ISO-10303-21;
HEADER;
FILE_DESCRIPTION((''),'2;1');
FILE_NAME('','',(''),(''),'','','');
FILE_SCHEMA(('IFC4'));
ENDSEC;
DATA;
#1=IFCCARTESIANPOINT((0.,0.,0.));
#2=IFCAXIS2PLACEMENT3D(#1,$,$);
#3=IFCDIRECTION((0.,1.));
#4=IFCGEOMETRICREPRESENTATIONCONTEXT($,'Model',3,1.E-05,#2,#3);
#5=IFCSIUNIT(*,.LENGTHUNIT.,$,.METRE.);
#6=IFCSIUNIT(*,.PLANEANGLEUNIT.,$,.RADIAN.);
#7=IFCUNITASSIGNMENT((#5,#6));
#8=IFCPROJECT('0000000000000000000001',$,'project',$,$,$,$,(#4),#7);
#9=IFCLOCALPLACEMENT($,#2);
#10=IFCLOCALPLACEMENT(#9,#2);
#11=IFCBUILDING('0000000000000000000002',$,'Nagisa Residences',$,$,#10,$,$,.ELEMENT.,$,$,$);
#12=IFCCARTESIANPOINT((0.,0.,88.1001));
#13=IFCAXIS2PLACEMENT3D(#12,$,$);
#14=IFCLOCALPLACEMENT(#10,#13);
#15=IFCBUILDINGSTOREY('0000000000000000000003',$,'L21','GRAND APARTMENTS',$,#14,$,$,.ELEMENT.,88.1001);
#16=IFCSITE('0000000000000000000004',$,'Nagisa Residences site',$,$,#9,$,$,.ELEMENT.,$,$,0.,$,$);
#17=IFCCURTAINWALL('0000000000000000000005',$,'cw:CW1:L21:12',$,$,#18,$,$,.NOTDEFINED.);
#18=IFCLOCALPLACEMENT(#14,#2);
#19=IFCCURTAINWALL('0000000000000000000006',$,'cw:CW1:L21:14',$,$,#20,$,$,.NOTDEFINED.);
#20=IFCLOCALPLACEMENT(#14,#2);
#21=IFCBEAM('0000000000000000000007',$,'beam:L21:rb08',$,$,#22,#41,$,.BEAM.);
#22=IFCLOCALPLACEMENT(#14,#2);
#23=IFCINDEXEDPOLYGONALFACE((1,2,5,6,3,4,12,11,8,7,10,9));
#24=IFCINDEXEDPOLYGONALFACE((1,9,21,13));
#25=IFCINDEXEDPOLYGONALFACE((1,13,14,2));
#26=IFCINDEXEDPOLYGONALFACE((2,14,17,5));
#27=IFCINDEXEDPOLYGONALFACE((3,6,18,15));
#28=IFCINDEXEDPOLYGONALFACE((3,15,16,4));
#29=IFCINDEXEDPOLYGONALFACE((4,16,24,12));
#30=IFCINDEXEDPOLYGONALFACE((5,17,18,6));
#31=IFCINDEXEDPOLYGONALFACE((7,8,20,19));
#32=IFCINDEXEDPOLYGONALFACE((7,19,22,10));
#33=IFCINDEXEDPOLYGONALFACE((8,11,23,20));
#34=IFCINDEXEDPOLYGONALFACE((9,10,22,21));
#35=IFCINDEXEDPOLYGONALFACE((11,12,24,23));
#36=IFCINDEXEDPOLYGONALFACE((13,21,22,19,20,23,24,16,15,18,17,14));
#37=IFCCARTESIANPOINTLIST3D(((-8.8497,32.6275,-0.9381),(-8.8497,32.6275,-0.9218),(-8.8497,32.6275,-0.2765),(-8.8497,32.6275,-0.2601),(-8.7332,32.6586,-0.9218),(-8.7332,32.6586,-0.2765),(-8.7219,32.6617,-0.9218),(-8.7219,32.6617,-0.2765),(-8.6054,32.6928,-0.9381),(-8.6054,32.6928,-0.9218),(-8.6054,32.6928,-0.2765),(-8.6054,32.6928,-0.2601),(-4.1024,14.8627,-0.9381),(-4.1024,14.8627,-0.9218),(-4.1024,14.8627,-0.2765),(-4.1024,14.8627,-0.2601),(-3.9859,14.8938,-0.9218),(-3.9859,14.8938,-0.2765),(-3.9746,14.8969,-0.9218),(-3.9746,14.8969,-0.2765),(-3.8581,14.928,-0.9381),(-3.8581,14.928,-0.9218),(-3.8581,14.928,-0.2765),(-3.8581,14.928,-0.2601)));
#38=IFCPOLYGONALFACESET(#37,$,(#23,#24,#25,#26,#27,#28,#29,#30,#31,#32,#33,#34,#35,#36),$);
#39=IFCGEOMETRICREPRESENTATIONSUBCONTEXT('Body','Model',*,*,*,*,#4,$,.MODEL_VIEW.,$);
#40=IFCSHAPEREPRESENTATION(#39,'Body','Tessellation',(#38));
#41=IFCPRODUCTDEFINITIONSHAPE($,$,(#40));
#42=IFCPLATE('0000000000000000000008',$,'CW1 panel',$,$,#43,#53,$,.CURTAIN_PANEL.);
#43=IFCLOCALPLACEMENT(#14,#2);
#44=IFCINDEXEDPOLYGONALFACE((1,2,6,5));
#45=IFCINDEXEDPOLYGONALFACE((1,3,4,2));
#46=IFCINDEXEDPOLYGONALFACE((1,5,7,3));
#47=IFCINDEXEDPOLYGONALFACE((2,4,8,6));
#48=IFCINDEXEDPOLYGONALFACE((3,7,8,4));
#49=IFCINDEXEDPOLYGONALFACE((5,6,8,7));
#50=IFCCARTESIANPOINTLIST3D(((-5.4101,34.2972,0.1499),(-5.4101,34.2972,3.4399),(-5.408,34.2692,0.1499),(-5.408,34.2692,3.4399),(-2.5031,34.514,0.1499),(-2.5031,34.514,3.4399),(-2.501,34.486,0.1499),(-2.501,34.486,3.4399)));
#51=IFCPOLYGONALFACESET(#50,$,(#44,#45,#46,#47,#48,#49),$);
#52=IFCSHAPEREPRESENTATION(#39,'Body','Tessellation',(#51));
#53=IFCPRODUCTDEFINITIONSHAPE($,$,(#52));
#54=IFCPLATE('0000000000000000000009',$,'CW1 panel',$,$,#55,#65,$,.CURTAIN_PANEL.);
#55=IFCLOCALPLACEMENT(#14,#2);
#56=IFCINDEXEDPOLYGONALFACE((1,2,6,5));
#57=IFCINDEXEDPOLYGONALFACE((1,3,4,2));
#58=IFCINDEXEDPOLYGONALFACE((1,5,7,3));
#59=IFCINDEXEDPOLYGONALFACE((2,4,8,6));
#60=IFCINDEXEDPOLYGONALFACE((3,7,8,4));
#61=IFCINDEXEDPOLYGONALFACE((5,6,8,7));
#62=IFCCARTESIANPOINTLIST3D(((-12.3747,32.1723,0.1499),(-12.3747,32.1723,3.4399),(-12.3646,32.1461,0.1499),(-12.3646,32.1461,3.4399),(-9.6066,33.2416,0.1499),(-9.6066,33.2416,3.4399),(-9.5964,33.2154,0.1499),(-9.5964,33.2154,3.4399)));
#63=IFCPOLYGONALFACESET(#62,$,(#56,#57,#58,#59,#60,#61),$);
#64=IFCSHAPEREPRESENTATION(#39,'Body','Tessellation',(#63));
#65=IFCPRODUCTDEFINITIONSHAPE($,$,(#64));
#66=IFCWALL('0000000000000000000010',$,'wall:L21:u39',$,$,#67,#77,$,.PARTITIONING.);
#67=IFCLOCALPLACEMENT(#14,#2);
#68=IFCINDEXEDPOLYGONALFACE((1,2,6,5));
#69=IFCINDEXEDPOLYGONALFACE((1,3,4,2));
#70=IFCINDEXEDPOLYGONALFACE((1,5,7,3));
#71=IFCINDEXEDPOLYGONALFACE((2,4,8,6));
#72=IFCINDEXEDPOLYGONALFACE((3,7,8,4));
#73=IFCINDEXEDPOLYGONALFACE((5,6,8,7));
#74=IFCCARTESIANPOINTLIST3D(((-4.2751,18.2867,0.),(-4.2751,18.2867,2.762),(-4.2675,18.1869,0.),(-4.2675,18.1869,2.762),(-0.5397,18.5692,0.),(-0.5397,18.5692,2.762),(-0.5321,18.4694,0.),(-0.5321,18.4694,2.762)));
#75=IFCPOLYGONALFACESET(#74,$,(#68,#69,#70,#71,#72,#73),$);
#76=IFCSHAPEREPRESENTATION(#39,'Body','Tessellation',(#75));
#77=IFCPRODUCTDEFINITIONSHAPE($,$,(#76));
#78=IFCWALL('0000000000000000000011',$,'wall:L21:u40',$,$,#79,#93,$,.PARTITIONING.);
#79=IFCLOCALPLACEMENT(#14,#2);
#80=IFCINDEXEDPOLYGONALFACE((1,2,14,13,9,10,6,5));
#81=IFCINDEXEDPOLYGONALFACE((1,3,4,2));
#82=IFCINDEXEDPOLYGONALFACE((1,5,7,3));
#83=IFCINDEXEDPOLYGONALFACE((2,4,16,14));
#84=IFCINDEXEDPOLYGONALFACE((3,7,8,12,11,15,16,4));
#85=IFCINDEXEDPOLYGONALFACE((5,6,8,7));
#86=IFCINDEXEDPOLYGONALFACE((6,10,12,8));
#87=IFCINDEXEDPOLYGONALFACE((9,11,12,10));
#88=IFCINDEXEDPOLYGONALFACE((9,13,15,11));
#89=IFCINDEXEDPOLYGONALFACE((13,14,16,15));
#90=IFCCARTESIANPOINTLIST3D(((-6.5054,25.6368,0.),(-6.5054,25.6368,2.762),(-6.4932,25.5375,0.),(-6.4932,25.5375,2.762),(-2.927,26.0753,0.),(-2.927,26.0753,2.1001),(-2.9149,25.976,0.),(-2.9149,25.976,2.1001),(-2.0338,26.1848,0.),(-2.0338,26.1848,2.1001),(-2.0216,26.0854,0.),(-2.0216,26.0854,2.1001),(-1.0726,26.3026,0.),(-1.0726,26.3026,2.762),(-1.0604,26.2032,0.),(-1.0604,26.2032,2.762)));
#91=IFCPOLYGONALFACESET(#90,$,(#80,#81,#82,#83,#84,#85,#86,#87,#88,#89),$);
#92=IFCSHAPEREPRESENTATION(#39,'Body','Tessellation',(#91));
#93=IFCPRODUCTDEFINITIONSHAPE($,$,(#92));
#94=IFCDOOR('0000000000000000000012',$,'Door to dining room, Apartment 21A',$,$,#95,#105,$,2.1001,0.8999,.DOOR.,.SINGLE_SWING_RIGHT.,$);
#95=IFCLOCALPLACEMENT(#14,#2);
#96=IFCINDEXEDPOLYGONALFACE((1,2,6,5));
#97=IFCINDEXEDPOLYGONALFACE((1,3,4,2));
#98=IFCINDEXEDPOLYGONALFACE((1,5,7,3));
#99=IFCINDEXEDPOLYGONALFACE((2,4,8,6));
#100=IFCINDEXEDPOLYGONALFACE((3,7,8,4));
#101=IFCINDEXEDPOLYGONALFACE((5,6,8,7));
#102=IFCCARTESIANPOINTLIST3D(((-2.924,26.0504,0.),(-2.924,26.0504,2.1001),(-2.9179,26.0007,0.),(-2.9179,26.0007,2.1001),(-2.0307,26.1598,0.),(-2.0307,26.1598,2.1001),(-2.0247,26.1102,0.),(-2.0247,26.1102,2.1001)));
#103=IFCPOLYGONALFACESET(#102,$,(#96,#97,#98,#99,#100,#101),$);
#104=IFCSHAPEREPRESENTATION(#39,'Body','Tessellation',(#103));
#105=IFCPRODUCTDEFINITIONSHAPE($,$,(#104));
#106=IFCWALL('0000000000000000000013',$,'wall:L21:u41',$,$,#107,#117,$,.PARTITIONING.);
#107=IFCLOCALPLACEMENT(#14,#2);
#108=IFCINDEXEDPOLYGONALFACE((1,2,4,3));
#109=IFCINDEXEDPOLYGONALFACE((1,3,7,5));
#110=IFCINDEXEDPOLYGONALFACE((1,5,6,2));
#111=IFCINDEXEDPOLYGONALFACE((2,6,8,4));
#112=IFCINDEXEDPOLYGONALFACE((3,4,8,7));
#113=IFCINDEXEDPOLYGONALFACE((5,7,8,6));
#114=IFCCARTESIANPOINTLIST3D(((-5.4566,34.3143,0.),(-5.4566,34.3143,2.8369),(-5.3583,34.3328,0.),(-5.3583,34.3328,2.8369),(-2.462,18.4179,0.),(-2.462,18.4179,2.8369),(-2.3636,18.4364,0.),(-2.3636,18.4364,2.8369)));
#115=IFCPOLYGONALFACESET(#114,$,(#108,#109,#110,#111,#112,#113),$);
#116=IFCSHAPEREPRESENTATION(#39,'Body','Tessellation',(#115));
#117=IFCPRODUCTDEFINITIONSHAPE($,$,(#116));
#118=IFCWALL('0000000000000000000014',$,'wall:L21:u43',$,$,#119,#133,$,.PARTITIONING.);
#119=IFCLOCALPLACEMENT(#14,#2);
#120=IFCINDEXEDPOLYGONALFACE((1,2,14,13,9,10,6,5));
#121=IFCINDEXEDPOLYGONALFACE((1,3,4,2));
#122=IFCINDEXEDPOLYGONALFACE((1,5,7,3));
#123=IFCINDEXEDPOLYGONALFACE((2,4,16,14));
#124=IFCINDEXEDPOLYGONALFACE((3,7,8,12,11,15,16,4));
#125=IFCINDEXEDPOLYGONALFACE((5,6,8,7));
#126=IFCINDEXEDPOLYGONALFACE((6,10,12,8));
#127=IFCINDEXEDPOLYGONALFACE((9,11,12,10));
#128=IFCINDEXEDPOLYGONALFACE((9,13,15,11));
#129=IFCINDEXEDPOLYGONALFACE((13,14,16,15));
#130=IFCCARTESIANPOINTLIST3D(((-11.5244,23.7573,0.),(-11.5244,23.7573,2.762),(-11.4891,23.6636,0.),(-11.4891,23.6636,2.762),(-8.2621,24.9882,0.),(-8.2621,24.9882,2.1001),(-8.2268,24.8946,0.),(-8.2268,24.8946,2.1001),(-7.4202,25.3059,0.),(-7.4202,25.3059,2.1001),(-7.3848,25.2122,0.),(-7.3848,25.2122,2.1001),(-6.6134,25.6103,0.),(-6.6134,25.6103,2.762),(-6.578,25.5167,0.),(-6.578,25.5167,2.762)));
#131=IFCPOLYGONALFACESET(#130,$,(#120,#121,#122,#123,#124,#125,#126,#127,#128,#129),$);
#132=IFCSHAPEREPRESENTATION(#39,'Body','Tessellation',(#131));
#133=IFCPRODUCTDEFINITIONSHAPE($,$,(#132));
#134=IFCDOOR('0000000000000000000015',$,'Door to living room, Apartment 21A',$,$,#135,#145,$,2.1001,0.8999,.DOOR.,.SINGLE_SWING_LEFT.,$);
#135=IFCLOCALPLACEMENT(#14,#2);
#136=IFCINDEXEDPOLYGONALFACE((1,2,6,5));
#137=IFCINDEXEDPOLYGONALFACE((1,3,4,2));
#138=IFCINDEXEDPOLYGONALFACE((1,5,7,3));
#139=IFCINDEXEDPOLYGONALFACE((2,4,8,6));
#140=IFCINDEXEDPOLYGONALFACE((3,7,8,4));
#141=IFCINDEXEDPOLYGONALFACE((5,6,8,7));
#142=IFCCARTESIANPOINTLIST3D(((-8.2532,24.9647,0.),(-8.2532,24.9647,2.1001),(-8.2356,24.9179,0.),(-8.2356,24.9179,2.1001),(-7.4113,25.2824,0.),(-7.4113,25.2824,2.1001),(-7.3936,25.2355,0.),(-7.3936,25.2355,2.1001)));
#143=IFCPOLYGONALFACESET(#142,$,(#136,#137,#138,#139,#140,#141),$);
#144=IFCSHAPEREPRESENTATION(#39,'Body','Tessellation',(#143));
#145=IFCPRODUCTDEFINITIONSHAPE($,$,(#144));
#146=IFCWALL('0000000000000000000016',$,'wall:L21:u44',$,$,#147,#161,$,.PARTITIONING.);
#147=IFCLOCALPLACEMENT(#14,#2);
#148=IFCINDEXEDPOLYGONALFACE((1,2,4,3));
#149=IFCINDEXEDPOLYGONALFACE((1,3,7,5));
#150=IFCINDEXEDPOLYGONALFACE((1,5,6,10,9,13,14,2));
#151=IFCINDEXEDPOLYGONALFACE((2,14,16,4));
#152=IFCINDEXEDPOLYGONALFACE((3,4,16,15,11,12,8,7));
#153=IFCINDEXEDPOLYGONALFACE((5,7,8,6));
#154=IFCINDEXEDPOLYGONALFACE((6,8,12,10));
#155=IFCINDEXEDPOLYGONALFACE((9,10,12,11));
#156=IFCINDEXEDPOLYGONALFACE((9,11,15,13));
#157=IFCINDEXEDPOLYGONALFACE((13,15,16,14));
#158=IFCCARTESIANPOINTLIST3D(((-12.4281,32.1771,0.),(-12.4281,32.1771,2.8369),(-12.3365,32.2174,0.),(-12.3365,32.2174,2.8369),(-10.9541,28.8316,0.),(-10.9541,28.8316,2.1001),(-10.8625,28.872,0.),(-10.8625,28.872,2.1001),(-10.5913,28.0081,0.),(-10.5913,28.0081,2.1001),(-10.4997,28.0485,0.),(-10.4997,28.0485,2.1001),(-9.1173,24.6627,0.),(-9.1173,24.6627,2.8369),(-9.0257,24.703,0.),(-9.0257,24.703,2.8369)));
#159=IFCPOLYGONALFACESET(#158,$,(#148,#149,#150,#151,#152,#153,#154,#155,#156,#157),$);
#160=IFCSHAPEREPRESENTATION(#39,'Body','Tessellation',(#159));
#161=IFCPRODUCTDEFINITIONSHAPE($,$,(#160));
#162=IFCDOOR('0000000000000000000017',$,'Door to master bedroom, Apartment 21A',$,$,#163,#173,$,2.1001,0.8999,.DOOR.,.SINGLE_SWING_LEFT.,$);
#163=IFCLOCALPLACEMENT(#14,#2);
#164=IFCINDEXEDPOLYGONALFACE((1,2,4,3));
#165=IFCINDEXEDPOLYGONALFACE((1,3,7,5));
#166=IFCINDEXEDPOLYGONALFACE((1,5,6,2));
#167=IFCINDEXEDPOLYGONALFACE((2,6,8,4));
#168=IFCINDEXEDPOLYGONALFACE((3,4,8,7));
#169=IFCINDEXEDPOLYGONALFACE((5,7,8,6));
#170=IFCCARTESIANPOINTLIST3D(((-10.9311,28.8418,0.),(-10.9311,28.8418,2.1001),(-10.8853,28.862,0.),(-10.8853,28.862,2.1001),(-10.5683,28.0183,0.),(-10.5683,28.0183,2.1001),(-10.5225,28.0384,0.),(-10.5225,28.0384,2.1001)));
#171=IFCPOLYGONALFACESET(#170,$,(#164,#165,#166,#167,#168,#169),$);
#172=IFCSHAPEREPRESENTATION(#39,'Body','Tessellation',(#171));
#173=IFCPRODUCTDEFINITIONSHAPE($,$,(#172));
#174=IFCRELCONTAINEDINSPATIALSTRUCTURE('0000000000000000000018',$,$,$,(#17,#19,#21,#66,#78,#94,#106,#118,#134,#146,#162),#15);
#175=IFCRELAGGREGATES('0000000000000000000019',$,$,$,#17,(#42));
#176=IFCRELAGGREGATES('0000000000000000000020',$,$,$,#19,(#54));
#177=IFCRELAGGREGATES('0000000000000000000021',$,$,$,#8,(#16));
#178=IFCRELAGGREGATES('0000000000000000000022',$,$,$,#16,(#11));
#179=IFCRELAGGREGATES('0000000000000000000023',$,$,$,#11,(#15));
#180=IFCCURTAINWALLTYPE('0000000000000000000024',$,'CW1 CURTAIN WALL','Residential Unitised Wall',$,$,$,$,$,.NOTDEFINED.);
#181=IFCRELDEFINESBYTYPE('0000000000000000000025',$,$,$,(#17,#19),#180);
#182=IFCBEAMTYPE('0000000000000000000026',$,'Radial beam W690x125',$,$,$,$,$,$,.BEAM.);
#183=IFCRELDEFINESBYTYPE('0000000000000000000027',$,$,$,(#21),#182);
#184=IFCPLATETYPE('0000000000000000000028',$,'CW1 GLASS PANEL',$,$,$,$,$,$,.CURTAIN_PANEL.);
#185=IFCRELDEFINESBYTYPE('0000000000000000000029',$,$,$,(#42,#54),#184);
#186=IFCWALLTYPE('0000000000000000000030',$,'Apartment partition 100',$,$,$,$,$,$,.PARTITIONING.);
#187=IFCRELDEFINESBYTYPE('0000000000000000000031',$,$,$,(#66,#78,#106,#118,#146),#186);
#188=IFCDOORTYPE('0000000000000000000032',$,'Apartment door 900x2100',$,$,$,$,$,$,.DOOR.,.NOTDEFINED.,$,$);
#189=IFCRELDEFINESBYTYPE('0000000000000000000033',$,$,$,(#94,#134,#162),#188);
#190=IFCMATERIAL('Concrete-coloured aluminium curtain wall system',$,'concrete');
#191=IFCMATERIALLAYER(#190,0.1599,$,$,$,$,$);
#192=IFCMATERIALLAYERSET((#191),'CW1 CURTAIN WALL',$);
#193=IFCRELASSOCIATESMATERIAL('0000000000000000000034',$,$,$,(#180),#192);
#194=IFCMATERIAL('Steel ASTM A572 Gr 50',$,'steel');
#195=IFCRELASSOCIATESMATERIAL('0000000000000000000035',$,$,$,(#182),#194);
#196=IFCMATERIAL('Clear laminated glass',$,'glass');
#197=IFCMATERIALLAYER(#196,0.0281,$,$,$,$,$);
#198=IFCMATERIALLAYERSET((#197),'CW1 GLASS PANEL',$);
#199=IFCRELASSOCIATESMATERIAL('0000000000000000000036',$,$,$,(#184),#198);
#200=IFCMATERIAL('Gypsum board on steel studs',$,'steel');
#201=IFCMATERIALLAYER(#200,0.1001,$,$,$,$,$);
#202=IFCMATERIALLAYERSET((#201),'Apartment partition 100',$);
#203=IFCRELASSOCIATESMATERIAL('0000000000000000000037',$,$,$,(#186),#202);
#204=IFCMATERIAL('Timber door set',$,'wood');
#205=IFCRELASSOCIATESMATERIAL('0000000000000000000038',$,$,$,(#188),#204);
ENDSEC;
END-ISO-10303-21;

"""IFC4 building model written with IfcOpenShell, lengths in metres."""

from ifc_helpers import new_model, si_unit, direction, frame, frame_2d, origin, origin_2d, place, context, subcontext, project, spatial, rectangle, i_section, extrude, material, layer, layer_set, material_profile, profile_set, type_object, element, fill, aggregate, save


model = new_model("IFC4")

# Units and contexts
model_context = context("Model", 3, precision=1e-05, world=origin(), true_north=direction((0.0, 1.0)))
body_context = subcontext(model_context, "Body", "Model", "MODEL_VIEW")
ifc_project = project(units=[si_unit("LENGTHUNIT", "METRE"), si_unit("PLANEANGLEUNIT", "RADIAN")], contexts=[model_context])

# Site, building, storey
site_placement = place(None, origin())
site = spatial("IfcSite", under=ifc_project, at=site_placement, Name="Nagisa Residences site", CompositionType="ELEMENT", RefElevation=0.0)
building_placement = place(site_placement, origin())
building = spatial("IfcBuilding", under=site, at=building_placement, Name="Nagisa Residences", CompositionType="ELEMENT")
storey_placement = place(building_placement, frame((0.0, 0.0, 88.1001)))
storey = spatial("IfcBuildingStorey", under=building, at=storey_placement, Name="L21", Description="GRAND APARTMENTS", CompositionType="ELEMENT", Elevation=88.1001)

# Curtain walls
ifc_material_1 = material(Name="Concrete-coloured aluminium curtain wall system", Category="concrete")
ifc_layer_1 = layer(ifc_material_1, 0.1599)
ifc_layer_set_1 = layer_set([ifc_layer_1], Name="CW1 CURTAIN WALL")
curtain_wall_type = type_object("IfcCurtainWallType", Name="CW1 CURTAIN WALL", Description="Residential Unitised Wall", PredefinedType="NOTDEFINED", material=ifc_layer_set_1)
curtain_wall_1_placement = place(storey_placement, origin())
curtain_wall_1 = element("IfcCurtainWall", 1, at=curtain_wall_1_placement, inside=storey, type_object=curtain_wall_type, Name="cw:CW1:L21:12", PredefinedType="NOTDEFINED")
curtain_wall_2_placement = place(storey_placement, origin())
curtain_wall_2 = element("IfcCurtainWall", 2, at=curtain_wall_2_placement, inside=storey, type_object=curtain_wall_type, Name="cw:CW1:L21:14", PredefinedType="NOTDEFINED")

# Beam
ifc_material_2 = material(Name="Steel ASTM A572 Gr 50", Category="steel")
ifc_material_profile_1 = material_profile(ifc_material_2, i_section(OverallWidth=0.2529, OverallDepth=0.678, WebThickness=0.0117, FlangeThickness=0.0164, at=origin_2d()), Name="W690x125")
ifc_profile_set_1 = profile_set([ifc_material_profile_1], Name="Steel ASTM A572 Gr 50")
beam_type_1 = type_object("IfcBeamType", Name="Radial beam W690x125", PredefinedType="BEAM", material=ifc_profile_set_1)
beam_1_placement = place(storey_placement, frame((-8.7275, 32.6602, -0.5991), z_axis=(0.258171, -0.966099, 0.0), x_axis=(0.966099, 0.258171, 0.0)))
element("IfcBeam", 3, at=beam_1_placement, inside=storey, type_object=beam_type_1, Name="beam:L21:rb08", PredefinedType="BEAM", context=body_context, shape_type="SweptSolid", body=[
    extrude(i_section(OverallWidth=0.2529, OverallDepth=0.678, WebThickness=0.0117, FlangeThickness=0.0164, at=origin_2d()), origin(), (0.0, 0.0, 1.0), 18.3882),
])

# Plates
ifc_material_3 = material(Name="Clear laminated glass", Category="glass")
ifc_layer_2 = layer(ifc_material_3, 0.0281)
ifc_layer_set_2 = layer_set([ifc_layer_2], Name="CW1 GLASS PANEL")
plate_type = type_object("IfcPlateType", Name="CW1 GLASS PANEL", PredefinedType="CURTAIN_PANEL", material=ifc_layer_set_2)
plate_1_placement = place(storey_placement, frame((-3.9556, 34.3916, 0.1499), z_axis=(0.0, 0.0, 1.0), x_axis=(-0.99723, -0.074377, 0.0)))
plate_1 = element("IfcPlate", 4, at=plate_1_placement, type_object=plate_type, Name="CW1 panel", PredefinedType="CURTAIN_PANEL", context=body_context, shape_type="SweptSolid", body=[
    extrude(rectangle(XDim=2.915, YDim=0.0281, at=origin_2d()), origin(), (0.0, 0.0, 1.0), 3.29),
])
aggregate(curtain_wall_1, [plate_1])
plate_2_placement = place(storey_placement, frame((-10.9856, 32.6938, 0.1499), z_axis=(0.0, 0.0, 1.0), x_axis=(-0.932826, -0.360328, 0.0)))
plate_2 = element("IfcPlate", 5, at=plate_2_placement, type_object=plate_type, Name="CW1 panel", PredefinedType="CURTAIN_PANEL", context=body_context, shape_type="SweptSolid", body=[
    extrude(rectangle(XDim=2.9675, YDim=0.0281, at=origin_2d()), origin(), (0.0, 0.0, 1.0), 3.29),
])
aggregate(curtain_wall_2, [plate_2])

# Wall
ifc_material_4 = material(Name="Gypsum board on steel studs", Category="steel")
ifc_layer_3 = layer(ifc_material_4, 0.1001)
ifc_layer_set_3 = layer_set([ifc_layer_3], Name="Apartment partition 100")
wall_type_1 = type_object("IfcWallType", Name="Apartment partition 100", PredefinedType="PARTITIONING", material=ifc_layer_set_3)
wall_1_placement = place(storey_placement, frame((-0.5359, 18.5193, 0.0), z_axis=(0.0, 0.0, 1.0), x_axis=(-0.997153, -0.075406, 0.0)))
element("IfcWall", 6, at=wall_1_placement, inside=storey, type_object=wall_type_1, Name="wall:L21:u39", PredefinedType="PARTITIONING", context=body_context, shape_type="SweptSolid", body=[
    extrude(rectangle(XDim=3.7461, YDim=0.1001, at=frame_2d((1.873, 0.0))), origin(), (0.0, 0.0, 1.0), 2.762),
])

# Wall, opening, door
wall_2_placement = place(storey_placement, frame((-1.0664, 26.2529, 0.0), z_axis=(0.0, 0.0, 1.0), x_axis=(-0.992575, -0.121635, 0.0)))
wall_2 = element("IfcWall", 7, at=wall_2_placement, inside=storey, type_object=wall_type_1, Name="wall:L21:u40", PredefinedType="PARTITIONING", context=body_context, shape_type="SweptSolid", body=[
    extrude(rectangle(XDim=5.4734, YDim=0.1001, at=frame_2d((2.7368, 0.0))), origin(), (0.0, 0.0, 1.0), 2.762),
])
opening_1_placement = place(wall_2_placement, frame((0.9685, 0.0, 0.0)))
opening_1 = element("IfcOpeningElement", 8, at=opening_1_placement, cuts=wall_2, PredefinedType="OPENING", context=body_context, shape_type="SweptSolid", body=[
    extrude(rectangle(XDim=0.8999, YDim=2.1001, at=frame_2d((0.45, 1.05))), frame((0.0, 0.0601, 0.0), z_axis=(0.0, -1.0, 0.0), x_axis=(1.0, 0.0, 0.0)), (0.0, 0.0, 1.0), 0.1201),
])
ifc_material_5 = material(Name="Timber door set", Category="wood")
door_type_1 = type_object("IfcDoorType", Name="Apartment door 900x2100", OperationType="NOTDEFINED", PredefinedType="DOOR", material=ifc_material_5)
door_1_placement = place(opening_1_placement, frame((0.8999, 0.0, 0.0), x_axis=(-1.0, 0.0, 0.0)))
door_1 = element("IfcDoor", 9, at=door_1_placement, inside=storey, type_object=door_type_1, Name="Door to dining room, Apartment 21A", OperationType="SINGLE_SWING_RIGHT", OverallHeight=2.1001, OverallWidth=0.8999, PredefinedType="DOOR", context=body_context, shape_type="SweptSolid", body=[
    extrude(rectangle(XDim=0.8999, YDim=2.1001, at=frame_2d((0.45, 1.05))), frame((0.0, 0.0249, 0.0), z_axis=(0.0, -1.0, 0.0), x_axis=(1.0, 0.0, 0.0)), (0.0, 0.0, 1.0), 0.05),
])
fill(opening_1, door_1)

# Wall
wall_3_placement = place(storey_placement, frame((-2.4128, 18.4272, 0.0), z_axis=(0.0, 0.0, 1.0), x_axis=(-0.185127, 0.982715, 0.0)))
element("IfcWall", 10, at=wall_3_placement, inside=storey, type_object=wall_type_1, Name="wall:L21:u41", PredefinedType="PARTITIONING", context=body_context, shape_type="SweptSolid", body=[
    extrude(rectangle(XDim=16.176, YDim=0.1001, at=frame_2d((8.0879, 0.0))), origin(), (0.0, 0.0, 1.0), 2.8369),
])

# Walls, openings, doors
wall_4_placement = place(storey_placement, frame((-6.5957, 25.5635, 0.0), z_axis=(0.0, 0.0, 1.0), x_axis=(-0.935616, -0.353019, 0.0)))
wall_4 = element("IfcWall", 11, at=wall_4_placement, inside=storey, type_object=wall_type_1, Name="wall:L21:u43", PredefinedType="PARTITIONING", context=body_context, shape_type="SweptSolid", body=[
    extrude(rectangle(XDim=5.249, YDim=0.1001, at=frame_2d((2.6245, 0.0))), origin(), (0.0, 0.0, 1.0), 2.762),
])
opening_2_placement = place(wall_4_placement, frame((0.8623, 0.0, 0.0)))
opening_2 = element("IfcOpeningElement", 12, at=opening_2_placement, cuts=wall_4, PredefinedType="OPENING", context=body_context, shape_type="SweptSolid", body=[
    extrude(rectangle(XDim=0.8999, YDim=2.1001, at=frame_2d((0.45, 1.05))), frame((0.0, 0.0601, 0.0), z_axis=(0.0, -1.0, 0.0), x_axis=(1.0, 0.0, 0.0)), (0.0, 0.0, 1.0), 0.1201),
])
door_2_placement = place(opening_2_placement, frame((0.8999, 0.0, 0.0), x_axis=(-1.0, 0.0, 0.0)))
door_2 = element("IfcDoor", 13, at=door_2_placement, inside=storey, type_object=door_type_1, Name="Door to living room, Apartment 21A", OperationType="SINGLE_SWING_LEFT", OverallHeight=2.1001, OverallWidth=0.8999, PredefinedType="DOOR", context=body_context, shape_type="SweptSolid", body=[
    extrude(rectangle(XDim=0.8999, YDim=2.1001, at=frame_2d((0.45, 1.05))), frame((0.0, 0.0249, 0.0), z_axis=(0.0, -1.0, 0.0), x_axis=(1.0, 0.0, 0.0)), (0.0, 0.0, 1.0), 0.05),
])
fill(opening_2, door_2)
wall_5_placement = place(storey_placement, frame((-9.0715, 24.6829, 0.0), z_axis=(0.0, 0.0, 1.0), x_axis=(-0.403193, 0.915115, 0.0)))
wall_5 = element("IfcWall", 14, at=wall_5_placement, inside=storey, type_object=wall_type_1, Name="wall:L21:u44", PredefinedType="PARTITIONING", context=body_context, shape_type="SweptSolid", body=[
    extrude(rectangle(XDim=8.2114, YDim=0.1001, at=frame_2d((4.1057, 0.0))), origin(), (0.0, 0.0, 1.0), 2.8369),
])
opening_3_placement = place(wall_5_placement, frame((3.6558, 0.0, 0.0)))
opening_3 = element("IfcOpeningElement", 15, at=opening_3_placement, cuts=wall_5, PredefinedType="OPENING", context=body_context, shape_type="SweptSolid", body=[
    extrude(rectangle(XDim=0.8999, YDim=2.1001, at=frame_2d((0.45, 1.05))), frame((0.0, 0.0601, 0.0), z_axis=(0.0, -1.0, 0.0), x_axis=(1.0, 0.0, 0.0)), (0.0, 0.0, 1.0), 0.1201),
])
door_3_placement = place(opening_3_placement, origin())
door_3 = element("IfcDoor", 16, at=door_3_placement, inside=storey, type_object=door_type_1, Name="Door to master bedroom, Apartment 21A", OperationType="SINGLE_SWING_LEFT", OverallHeight=2.1001, OverallWidth=0.8999, PredefinedType="DOOR", context=body_context, shape_type="SweptSolid", body=[
    extrude(rectangle(XDim=0.8999, YDim=2.1001, at=frame_2d((0.45, 1.05))), frame((0.0, 0.0249, 0.0), z_axis=(0.0, -1.0, 0.0), x_axis=(1.0, 0.0, 0.0)), (0.0, 0.0, 1.0), 0.05),
])
fill(opening_3, door_3)

save(model, "model.ifc")
